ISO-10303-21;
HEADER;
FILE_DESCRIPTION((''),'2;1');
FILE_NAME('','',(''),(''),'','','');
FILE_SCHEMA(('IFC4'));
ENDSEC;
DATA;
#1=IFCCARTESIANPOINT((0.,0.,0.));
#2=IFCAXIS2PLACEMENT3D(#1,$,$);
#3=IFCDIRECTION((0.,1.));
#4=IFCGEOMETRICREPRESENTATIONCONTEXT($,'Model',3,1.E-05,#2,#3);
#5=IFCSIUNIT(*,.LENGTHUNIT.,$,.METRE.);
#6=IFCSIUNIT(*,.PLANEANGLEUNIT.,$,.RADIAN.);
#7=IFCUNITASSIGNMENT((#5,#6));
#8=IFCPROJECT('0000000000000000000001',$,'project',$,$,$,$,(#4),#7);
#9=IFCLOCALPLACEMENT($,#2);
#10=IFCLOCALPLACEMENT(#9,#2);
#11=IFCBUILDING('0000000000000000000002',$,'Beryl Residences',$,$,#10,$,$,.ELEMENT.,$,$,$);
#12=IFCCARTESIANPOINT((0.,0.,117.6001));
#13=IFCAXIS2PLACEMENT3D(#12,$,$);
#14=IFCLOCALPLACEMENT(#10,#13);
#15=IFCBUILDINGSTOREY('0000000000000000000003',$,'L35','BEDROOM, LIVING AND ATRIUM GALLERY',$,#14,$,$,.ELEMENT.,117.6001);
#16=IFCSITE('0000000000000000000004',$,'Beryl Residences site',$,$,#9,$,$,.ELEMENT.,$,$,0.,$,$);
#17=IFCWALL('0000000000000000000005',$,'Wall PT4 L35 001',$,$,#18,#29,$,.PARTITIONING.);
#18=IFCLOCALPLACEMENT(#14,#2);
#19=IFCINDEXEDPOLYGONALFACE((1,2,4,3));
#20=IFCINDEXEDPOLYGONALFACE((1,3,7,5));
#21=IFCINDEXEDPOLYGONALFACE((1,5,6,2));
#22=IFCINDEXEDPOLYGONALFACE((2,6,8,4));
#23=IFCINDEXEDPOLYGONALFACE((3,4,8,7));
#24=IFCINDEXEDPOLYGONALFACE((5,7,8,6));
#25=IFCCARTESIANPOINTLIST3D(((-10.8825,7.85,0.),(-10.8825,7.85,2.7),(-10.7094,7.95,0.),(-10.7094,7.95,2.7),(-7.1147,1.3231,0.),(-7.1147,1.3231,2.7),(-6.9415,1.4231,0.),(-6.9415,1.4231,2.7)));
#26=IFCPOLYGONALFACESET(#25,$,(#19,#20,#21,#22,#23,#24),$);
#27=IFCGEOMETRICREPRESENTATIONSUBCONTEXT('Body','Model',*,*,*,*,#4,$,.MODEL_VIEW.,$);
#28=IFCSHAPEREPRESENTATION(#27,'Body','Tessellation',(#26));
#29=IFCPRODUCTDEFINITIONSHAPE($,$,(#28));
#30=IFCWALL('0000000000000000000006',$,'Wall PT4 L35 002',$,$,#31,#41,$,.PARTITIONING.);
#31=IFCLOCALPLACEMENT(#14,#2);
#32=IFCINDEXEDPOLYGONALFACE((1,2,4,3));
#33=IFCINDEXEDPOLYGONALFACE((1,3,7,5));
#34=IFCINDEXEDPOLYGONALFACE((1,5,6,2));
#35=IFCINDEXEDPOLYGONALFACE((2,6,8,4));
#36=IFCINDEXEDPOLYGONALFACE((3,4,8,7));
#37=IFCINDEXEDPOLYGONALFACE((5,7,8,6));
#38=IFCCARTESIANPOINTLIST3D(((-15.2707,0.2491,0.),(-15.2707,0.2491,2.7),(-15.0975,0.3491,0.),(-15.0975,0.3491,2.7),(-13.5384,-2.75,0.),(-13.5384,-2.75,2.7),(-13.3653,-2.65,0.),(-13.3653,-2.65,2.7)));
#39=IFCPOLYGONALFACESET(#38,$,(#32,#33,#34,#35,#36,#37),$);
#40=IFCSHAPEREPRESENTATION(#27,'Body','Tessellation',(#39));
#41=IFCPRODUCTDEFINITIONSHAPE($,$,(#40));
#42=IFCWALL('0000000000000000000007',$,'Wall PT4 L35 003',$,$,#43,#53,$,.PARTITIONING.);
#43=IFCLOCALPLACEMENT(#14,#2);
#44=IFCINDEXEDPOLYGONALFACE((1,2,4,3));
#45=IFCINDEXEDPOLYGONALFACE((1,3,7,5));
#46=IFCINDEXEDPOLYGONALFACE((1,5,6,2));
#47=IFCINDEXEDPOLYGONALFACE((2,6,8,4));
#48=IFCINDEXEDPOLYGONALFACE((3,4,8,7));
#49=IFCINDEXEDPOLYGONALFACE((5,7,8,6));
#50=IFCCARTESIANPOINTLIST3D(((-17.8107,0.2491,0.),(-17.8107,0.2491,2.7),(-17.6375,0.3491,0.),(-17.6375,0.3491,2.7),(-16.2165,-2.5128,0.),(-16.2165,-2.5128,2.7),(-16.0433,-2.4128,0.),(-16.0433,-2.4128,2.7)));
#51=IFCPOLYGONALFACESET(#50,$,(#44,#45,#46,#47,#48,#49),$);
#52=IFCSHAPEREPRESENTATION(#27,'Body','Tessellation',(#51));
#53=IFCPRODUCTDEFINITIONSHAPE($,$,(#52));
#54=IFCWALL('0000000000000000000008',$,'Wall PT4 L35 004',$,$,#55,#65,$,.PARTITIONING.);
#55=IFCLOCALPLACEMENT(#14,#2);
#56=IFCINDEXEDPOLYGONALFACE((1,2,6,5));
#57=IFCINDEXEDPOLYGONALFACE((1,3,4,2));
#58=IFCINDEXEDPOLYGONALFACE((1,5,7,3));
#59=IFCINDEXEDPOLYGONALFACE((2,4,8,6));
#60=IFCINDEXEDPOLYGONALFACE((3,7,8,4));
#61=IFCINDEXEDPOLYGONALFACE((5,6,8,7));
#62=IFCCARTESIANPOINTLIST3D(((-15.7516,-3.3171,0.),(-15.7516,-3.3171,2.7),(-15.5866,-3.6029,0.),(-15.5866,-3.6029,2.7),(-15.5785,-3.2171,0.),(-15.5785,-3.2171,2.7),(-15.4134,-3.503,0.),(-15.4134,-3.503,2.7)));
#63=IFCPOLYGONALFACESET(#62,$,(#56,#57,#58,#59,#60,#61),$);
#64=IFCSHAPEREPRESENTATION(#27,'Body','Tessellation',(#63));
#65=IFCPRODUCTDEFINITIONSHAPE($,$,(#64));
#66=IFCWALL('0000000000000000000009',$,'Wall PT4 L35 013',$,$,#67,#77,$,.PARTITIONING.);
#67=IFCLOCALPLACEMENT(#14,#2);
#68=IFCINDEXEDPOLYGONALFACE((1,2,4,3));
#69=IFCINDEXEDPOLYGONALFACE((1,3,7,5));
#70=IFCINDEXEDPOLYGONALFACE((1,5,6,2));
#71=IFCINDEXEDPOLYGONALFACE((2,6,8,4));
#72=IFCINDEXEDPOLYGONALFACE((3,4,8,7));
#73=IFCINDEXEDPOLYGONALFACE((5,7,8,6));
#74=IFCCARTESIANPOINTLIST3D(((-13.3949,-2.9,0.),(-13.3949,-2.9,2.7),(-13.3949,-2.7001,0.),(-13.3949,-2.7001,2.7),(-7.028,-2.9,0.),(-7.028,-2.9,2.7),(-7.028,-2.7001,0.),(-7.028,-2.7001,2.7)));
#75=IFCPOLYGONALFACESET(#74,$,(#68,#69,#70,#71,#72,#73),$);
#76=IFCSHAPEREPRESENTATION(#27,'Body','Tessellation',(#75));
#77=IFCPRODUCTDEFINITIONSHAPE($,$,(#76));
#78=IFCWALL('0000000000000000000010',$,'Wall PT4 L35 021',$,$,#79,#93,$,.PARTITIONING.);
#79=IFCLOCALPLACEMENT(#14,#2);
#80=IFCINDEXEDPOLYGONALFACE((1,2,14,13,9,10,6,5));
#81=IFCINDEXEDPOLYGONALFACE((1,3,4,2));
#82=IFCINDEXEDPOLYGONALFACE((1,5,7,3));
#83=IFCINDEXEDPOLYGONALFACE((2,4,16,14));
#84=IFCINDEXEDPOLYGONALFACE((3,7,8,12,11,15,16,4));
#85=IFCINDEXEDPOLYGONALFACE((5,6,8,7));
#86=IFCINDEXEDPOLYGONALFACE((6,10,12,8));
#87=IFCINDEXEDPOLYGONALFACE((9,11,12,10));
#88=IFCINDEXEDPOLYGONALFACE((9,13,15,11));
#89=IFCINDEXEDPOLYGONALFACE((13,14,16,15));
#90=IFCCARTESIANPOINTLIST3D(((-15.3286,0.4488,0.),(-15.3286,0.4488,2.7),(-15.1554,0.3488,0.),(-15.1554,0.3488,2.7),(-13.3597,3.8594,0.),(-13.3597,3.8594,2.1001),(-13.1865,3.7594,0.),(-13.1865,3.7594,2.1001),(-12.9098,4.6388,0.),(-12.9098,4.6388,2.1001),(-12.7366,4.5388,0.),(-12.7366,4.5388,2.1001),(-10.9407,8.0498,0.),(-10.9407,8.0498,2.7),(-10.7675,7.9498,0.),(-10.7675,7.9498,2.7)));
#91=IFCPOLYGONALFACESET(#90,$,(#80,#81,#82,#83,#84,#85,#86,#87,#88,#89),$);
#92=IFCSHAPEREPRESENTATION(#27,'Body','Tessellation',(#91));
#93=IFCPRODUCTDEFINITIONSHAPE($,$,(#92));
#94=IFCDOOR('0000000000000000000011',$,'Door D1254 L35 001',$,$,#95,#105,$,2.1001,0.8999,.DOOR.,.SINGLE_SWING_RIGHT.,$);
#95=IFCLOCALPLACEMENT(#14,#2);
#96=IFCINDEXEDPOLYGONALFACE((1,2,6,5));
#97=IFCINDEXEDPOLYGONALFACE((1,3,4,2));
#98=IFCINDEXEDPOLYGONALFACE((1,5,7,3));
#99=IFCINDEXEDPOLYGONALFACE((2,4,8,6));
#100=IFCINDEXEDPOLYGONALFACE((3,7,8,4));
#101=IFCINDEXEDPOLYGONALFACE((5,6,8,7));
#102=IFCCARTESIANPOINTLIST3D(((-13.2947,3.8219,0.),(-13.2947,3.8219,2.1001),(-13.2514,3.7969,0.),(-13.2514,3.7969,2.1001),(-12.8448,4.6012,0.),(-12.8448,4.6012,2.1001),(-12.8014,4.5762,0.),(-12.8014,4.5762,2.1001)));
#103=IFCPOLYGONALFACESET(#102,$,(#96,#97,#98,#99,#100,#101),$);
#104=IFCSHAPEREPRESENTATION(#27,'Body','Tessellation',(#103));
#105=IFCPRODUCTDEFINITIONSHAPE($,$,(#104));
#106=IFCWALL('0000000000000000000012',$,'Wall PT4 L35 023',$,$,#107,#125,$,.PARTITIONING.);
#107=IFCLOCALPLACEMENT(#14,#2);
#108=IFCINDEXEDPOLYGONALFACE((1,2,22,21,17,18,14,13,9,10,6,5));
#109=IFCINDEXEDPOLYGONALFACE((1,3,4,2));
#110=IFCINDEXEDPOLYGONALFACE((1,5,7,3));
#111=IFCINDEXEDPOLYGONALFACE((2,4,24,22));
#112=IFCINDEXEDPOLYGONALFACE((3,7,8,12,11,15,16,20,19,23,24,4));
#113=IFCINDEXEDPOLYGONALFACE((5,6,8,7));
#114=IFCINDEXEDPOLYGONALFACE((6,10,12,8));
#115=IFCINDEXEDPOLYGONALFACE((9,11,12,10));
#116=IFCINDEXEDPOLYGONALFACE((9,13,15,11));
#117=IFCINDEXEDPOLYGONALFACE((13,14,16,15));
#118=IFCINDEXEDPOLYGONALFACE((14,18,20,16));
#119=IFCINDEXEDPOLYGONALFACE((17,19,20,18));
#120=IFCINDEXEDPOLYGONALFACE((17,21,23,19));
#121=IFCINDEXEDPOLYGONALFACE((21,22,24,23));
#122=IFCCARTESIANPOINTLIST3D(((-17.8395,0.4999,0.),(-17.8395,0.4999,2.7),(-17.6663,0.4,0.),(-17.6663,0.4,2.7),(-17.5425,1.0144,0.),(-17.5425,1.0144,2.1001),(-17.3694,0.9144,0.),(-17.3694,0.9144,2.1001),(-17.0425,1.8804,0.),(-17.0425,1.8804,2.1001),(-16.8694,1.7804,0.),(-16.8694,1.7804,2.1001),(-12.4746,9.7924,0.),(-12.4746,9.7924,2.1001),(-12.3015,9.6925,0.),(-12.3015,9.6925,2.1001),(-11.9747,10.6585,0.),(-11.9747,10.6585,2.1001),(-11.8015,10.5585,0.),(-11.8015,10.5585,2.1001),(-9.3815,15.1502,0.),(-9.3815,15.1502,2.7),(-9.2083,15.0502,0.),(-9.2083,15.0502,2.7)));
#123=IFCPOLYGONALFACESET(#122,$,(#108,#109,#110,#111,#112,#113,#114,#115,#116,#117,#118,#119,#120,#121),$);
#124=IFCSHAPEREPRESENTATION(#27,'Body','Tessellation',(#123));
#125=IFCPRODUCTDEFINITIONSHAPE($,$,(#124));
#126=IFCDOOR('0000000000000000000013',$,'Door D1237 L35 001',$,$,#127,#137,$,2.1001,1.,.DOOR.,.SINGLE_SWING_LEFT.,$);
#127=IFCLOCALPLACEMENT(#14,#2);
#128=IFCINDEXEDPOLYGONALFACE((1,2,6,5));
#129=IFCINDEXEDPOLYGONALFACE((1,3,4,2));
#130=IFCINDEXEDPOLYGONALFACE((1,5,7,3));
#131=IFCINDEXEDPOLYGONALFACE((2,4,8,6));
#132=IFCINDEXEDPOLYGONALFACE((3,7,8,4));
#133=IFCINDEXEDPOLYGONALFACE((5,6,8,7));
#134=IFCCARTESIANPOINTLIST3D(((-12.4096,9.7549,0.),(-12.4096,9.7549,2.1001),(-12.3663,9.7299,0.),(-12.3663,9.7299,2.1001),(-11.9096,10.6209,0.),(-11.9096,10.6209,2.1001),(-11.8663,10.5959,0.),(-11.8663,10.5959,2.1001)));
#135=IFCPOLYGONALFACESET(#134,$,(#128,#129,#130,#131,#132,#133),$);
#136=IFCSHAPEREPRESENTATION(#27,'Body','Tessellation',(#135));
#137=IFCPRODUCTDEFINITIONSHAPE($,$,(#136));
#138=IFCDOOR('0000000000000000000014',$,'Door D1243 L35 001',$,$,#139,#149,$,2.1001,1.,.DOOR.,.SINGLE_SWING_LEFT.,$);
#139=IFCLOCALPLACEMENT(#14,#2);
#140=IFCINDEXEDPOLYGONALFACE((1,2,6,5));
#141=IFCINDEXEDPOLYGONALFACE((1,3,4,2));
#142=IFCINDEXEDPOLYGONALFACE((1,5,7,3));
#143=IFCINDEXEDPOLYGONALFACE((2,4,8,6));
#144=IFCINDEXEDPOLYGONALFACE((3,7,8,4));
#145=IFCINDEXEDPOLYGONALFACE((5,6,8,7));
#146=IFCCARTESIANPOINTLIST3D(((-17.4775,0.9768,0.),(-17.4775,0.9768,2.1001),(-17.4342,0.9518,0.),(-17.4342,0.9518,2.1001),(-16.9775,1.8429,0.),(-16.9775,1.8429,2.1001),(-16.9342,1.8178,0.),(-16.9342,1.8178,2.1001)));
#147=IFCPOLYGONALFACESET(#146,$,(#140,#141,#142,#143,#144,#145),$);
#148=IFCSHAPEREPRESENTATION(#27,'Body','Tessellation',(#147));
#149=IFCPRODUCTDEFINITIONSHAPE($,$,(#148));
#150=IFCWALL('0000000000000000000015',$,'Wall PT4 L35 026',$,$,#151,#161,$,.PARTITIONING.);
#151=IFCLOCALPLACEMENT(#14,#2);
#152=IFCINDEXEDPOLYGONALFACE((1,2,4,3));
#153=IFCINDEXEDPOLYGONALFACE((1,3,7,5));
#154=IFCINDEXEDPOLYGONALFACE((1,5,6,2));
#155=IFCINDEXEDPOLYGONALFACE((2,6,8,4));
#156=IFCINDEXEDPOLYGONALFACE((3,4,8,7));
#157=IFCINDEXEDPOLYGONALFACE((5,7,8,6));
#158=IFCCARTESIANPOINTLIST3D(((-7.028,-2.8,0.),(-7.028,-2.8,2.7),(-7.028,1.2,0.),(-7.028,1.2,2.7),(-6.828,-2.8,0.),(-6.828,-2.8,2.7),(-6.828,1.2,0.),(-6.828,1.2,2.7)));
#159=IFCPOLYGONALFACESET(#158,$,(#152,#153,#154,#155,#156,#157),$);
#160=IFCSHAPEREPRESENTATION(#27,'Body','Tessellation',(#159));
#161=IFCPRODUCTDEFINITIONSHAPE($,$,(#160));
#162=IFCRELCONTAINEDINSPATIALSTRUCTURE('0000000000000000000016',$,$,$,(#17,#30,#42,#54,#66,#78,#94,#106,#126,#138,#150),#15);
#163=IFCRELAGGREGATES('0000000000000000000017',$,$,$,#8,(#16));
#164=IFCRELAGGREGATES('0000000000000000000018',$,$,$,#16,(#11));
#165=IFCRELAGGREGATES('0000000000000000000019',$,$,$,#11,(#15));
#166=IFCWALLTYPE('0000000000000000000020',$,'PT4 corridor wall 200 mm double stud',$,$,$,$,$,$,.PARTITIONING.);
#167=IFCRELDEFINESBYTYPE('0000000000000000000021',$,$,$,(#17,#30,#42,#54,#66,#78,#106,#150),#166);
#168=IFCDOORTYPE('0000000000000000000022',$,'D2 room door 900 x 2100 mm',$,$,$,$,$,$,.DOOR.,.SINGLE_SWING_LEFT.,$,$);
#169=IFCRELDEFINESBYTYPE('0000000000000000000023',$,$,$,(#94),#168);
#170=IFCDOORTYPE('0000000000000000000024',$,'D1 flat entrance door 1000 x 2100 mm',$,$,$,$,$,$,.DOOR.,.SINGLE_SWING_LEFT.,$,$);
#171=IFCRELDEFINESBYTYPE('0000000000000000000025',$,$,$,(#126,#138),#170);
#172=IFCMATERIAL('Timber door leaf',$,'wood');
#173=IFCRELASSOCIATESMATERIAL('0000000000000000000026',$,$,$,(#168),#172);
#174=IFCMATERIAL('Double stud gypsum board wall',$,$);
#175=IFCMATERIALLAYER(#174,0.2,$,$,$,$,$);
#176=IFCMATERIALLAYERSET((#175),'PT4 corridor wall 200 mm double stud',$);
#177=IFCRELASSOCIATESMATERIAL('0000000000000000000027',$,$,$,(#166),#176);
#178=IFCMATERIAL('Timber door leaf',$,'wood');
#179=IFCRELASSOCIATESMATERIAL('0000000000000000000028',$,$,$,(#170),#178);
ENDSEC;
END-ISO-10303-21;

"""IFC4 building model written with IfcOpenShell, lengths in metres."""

from ifc_helpers import new_model, si_unit, direction, frame, frame_2d, origin, place, context, subcontext, project, spatial, rectangle, extrude, material, layer, layer_set, type_object, element, fill, save


model = new_model("IFC4")

# Units and contexts
model_context = context("Model", 3, precision=1e-05, world=origin(), true_north=direction((0.0, 1.0)))
body_context = subcontext(model_context, "Body", "Model", "MODEL_VIEW")
ifc_project = project(units=[si_unit("LENGTHUNIT", "METRE"), si_unit("PLANEANGLEUNIT", "RADIAN")], contexts=[model_context])

# Site, building, storey
site_placement = place(None, origin())
site = spatial("IfcSite", under=ifc_project, at=site_placement, Name="Beryl Residences site", CompositionType="ELEMENT", RefElevation=0.0)
building_placement = place(site_placement, origin())
building = spatial("IfcBuilding", under=site, at=building_placement, Name="Beryl Residences", CompositionType="ELEMENT")
storey_placement = place(building_placement, frame((0.0, 0.0, 117.6001)))
storey = spatial("IfcBuildingStorey", under=building, at=storey_placement, Name="L35", Description="BEDROOM, LIVING AND ATRIUM GALLERY", CompositionType="ELEMENT", Elevation=117.6001)

# Shared definitions
ifc_material_1 = material(Name="Timber door leaf", Category="wood")
door_type_1 = type_object("IfcDoorType", Name="D2 room door 900 x 2100 mm", OperationType="SINGLE_SWING_LEFT", PredefinedType="DOOR", material=ifc_material_1)

# Walls
ifc_material_2 = material(Name="Double stud gypsum board wall")
ifc_layer_1 = layer(ifc_material_2, 0.2)
ifc_layer_set_1 = layer_set([ifc_layer_1], Name="PT4 corridor wall 200 mm double stud")
wall_type_1 = type_object("IfcWallType", Name="PT4 corridor wall 200 mm double stud", PredefinedType="PARTITIONING", material=ifc_layer_set_1)
wall_1_placement = place(storey_placement, frame((-10.7959, 7.8999, 0.0), z_axis=(0.0, 0.0, 1.0), x_axis=(0.499954, -0.866052, 0.0)))
element("IfcWall", 1, at=wall_1_placement, inside=storey, type_object=wall_type_1, Name="Wall PT4 L35 001", PredefinedType="PARTITIONING", context=body_context, shape_type="SweptSolid", body=[
    extrude(rectangle(XDim=7.5364, YDim=0.2, at=frame_2d((3.7681, 0.0))), origin(), (0.0, 0.0, 1.0), 2.7),
])
wall_2_placement = place(storey_placement, frame((-15.1841, 0.2991, 0.0), z_axis=(0.0, 0.0, 1.0), x_axis=(0.50015, -0.865939, 0.0)))
element("IfcWall", 2, at=wall_2_placement, inside=storey, type_object=wall_type_1, Name="Wall PT4 L35 002", PredefinedType="PARTITIONING", context=body_context, shape_type="SweptSolid", body=[
    extrude(rectangle(XDim=3.4634, YDim=0.2, at=frame_2d((1.7317, 0.0))), origin(), (0.0, 0.0, 1.0), 2.7),
])
wall_3_placement = place(storey_placement, frame((-17.7241, 0.2991, 0.0), z_axis=(0.0, 0.0, 1.0), x_axis=(0.49991, -0.866077, 0.0)))
element("IfcWall", 3, at=wall_3_placement, inside=storey, type_object=wall_type_1, Name="Wall PT4 L35 003", PredefinedType="PARTITIONING", context=body_context, shape_type="SweptSolid", body=[
    extrude(rectangle(XDim=3.189, YDim=0.2, at=frame_2d((1.5945, 0.0))), origin(), (0.0, 0.0, 1.0), 2.7),
])
wall_4_placement = place(storey_placement, frame((-15.665, -3.2671, 0.0), z_axis=(0.0, 0.0, 1.0), x_axis=(0.499957, -0.86605, 0.0)))
element("IfcWall", 4, at=wall_4_placement, inside=storey, type_object=wall_type_1, Name="Wall PT4 L35 004", PredefinedType="PARTITIONING", context=body_context, shape_type="SweptSolid", body=[
    extrude(rectangle(XDim=0.3301, YDim=0.2, at=frame_2d((0.165, 0.0))), origin(), (0.0, 0.0, 1.0), 2.7),
])
wall_5_placement = place(storey_placement, frame((-13.395, -2.8, 0.0), z_axis=(0.0, 0.0, 1.0), x_axis=(1.0, 0.0, 0.0)))
element("IfcWall", 5, at=wall_5_placement, inside=storey, type_object=wall_type_1, Name="Wall PT4 L35 013", PredefinedType="PARTITIONING", context=body_context, shape_type="SweptSolid", body=[
    extrude(rectangle(XDim=6.3669, YDim=0.2, at=frame_2d((3.1836, 0.0))), origin(), (0.0, 0.0, 1.0), 2.7),
])

# Wall, opening, door
wall_6_placement = place(storey_placement, frame((-15.2419, 0.3989, 0.0), z_axis=(0.0, 0.0, 1.0), x_axis=(0.499954, 0.866052, 0.0)))
wall_6 = element("IfcWall", 6, at=wall_6_placement, inside=storey, type_object=wall_type_1, Name="Wall PT4 L35 021", PredefinedType="PARTITIONING", context=body_context, shape_type="SweptSolid", body=[
    extrude(rectangle(XDim=8.7766, YDim=0.2, at=frame_2d((4.3882, 0.0))), origin(), (0.0, 0.0, 1.0), 2.7),
])
opening_1_placement = place(wall_6_placement, frame((3.938, 0.0, 0.0)))
opening_1 = element("IfcOpeningElement", 7, at=opening_1_placement, cuts=wall_6, PredefinedType="OPENING", context=body_context, shape_type="SweptSolid", body=[
    extrude(rectangle(XDim=0.8999, YDim=2.1001, at=frame_2d((0.45, 1.05))), frame((0.0, 0.1099, 0.0), z_axis=(0.0, -1.0, 0.0), x_axis=(1.0, 0.0, 0.0)), (0.0, 0.0, 1.0), 0.22),
])
door_1_placement = place(opening_1_placement, origin())
door_1 = element("IfcDoor", 8, at=door_1_placement, inside=storey, type_object=door_type_1, Name="Door D1254 L35 001", OperationType="SINGLE_SWING_RIGHT", OverallHeight=2.1001, OverallWidth=0.8999, PredefinedType="DOOR", context=body_context, shape_type="SweptSolid", body=[
    extrude(rectangle(XDim=0.8999, YDim=2.1001, at=frame_2d((0.45, 1.05))), frame((0.0, 0.0249, 0.0), z_axis=(0.0, -1.0, 0.0), x_axis=(1.0, 0.0, 0.0)), (0.0, 0.0, 1.0), 0.05),
])
fill(opening_1, door_1)

# Wall, openings, doors
wall_7_placement = place(storey_placement, frame((-17.7529, 0.45, 0.0), z_axis=(0.0, 0.0, 1.0), x_axis=(0.499989, 0.866032, 0.0)))
wall_7 = element("IfcWall", 9, at=wall_7_placement, inside=storey, type_object=wall_type_1, Name="Wall PT4 L35 023", PredefinedType="PARTITIONING", context=body_context, shape_type="SweptSolid", body=[
    extrude(rectangle(XDim=16.9165, YDim=0.2, at=frame_2d((8.4583, 0.0))), origin(), (0.0, 0.0, 1.0), 2.7),
])
opening_2_placement = place(wall_7_placement, frame((10.73, 0.0, 0.0)))
opening_2 = element("IfcOpeningElement", 10, at=opening_2_placement, cuts=wall_7, PredefinedType="OPENING", context=body_context, shape_type="SweptSolid", body=[
    extrude(rectangle(XDim=1.0, YDim=2.1001, at=frame_2d((0.5, 1.05))), frame((0.0, 0.1099, 0.0), z_axis=(0.0, -1.0, 0.0), x_axis=(1.0, 0.0, 0.0)), (0.0, 0.0, 1.0), 0.22),
])
opening_3_placement = place(wall_7_placement, frame((0.594, 0.0, 0.0)))
opening_3 = element("IfcOpeningElement", 11, at=opening_3_placement, cuts=wall_7, PredefinedType="OPENING", context=body_context, shape_type="SweptSolid", body=[
    extrude(rectangle(XDim=1.0, YDim=2.1001, at=frame_2d((0.5, 1.05))), frame((0.0, 0.1099, 0.0), z_axis=(0.0, -1.0, 0.0), x_axis=(1.0, 0.0, 0.0)), (0.0, 0.0, 1.0), 0.22),
])
ifc_material_3 = material(Name="Timber door leaf", Category="wood")
door_type_2 = type_object("IfcDoorType", Name="D1 flat entrance door 1000 x 2100 mm", OperationType="SINGLE_SWING_LEFT", PredefinedType="DOOR", material=ifc_material_3)
door_2_placement = place(opening_2_placement, origin())
door_2 = element("IfcDoor", 12, at=door_2_placement, inside=storey, type_object=door_type_2, Name="Door D1237 L35 001", OperationType="SINGLE_SWING_LEFT", OverallHeight=2.1001, OverallWidth=1.0, PredefinedType="DOOR", context=body_context, shape_type="SweptSolid", body=[
    extrude(rectangle(XDim=1.0, YDim=2.1001, at=frame_2d((0.5, 1.05))), frame((0.0, 0.0249, 0.0), z_axis=(0.0, -1.0, 0.0), x_axis=(1.0, 0.0, 0.0)), (0.0, 0.0, 1.0), 0.05),
])
fill(opening_2, door_2)
door_3_placement = place(opening_3_placement, origin())
door_3 = element("IfcDoor", 13, at=door_3_placement, inside=storey, type_object=door_type_2, Name="Door D1243 L35 001", OperationType="SINGLE_SWING_LEFT", OverallHeight=2.1001, OverallWidth=1.0, PredefinedType="DOOR", context=body_context, shape_type="SweptSolid", body=[
    extrude(rectangle(XDim=1.0, YDim=2.1001, at=frame_2d((0.5, 1.05))), frame((0.0, 0.0249, 0.0), z_axis=(0.0, -1.0, 0.0), x_axis=(1.0, 0.0, 0.0)), (0.0, 0.0, 1.0), 0.05),
])
fill(opening_3, door_3)

# Wall
wall_8_placement = place(storey_placement, frame((-6.928, -2.8, 0.0), z_axis=(0.0, 0.0, 1.0), x_axis=(0.0, 1.0, 0.0)))
element("IfcWall", 14, at=wall_8_placement, inside=storey, type_object=wall_type_1, Name="Wall PT4 L35 026", PredefinedType="PARTITIONING", context=body_context, shape_type="SweptSolid", body=[
    extrude(rectangle(XDim=4.0, YDim=0.2, at=frame_2d((2.0, 0.0))), origin(), (0.0, 0.0, 1.0), 2.7),
])

save(model, "model.ifc")
